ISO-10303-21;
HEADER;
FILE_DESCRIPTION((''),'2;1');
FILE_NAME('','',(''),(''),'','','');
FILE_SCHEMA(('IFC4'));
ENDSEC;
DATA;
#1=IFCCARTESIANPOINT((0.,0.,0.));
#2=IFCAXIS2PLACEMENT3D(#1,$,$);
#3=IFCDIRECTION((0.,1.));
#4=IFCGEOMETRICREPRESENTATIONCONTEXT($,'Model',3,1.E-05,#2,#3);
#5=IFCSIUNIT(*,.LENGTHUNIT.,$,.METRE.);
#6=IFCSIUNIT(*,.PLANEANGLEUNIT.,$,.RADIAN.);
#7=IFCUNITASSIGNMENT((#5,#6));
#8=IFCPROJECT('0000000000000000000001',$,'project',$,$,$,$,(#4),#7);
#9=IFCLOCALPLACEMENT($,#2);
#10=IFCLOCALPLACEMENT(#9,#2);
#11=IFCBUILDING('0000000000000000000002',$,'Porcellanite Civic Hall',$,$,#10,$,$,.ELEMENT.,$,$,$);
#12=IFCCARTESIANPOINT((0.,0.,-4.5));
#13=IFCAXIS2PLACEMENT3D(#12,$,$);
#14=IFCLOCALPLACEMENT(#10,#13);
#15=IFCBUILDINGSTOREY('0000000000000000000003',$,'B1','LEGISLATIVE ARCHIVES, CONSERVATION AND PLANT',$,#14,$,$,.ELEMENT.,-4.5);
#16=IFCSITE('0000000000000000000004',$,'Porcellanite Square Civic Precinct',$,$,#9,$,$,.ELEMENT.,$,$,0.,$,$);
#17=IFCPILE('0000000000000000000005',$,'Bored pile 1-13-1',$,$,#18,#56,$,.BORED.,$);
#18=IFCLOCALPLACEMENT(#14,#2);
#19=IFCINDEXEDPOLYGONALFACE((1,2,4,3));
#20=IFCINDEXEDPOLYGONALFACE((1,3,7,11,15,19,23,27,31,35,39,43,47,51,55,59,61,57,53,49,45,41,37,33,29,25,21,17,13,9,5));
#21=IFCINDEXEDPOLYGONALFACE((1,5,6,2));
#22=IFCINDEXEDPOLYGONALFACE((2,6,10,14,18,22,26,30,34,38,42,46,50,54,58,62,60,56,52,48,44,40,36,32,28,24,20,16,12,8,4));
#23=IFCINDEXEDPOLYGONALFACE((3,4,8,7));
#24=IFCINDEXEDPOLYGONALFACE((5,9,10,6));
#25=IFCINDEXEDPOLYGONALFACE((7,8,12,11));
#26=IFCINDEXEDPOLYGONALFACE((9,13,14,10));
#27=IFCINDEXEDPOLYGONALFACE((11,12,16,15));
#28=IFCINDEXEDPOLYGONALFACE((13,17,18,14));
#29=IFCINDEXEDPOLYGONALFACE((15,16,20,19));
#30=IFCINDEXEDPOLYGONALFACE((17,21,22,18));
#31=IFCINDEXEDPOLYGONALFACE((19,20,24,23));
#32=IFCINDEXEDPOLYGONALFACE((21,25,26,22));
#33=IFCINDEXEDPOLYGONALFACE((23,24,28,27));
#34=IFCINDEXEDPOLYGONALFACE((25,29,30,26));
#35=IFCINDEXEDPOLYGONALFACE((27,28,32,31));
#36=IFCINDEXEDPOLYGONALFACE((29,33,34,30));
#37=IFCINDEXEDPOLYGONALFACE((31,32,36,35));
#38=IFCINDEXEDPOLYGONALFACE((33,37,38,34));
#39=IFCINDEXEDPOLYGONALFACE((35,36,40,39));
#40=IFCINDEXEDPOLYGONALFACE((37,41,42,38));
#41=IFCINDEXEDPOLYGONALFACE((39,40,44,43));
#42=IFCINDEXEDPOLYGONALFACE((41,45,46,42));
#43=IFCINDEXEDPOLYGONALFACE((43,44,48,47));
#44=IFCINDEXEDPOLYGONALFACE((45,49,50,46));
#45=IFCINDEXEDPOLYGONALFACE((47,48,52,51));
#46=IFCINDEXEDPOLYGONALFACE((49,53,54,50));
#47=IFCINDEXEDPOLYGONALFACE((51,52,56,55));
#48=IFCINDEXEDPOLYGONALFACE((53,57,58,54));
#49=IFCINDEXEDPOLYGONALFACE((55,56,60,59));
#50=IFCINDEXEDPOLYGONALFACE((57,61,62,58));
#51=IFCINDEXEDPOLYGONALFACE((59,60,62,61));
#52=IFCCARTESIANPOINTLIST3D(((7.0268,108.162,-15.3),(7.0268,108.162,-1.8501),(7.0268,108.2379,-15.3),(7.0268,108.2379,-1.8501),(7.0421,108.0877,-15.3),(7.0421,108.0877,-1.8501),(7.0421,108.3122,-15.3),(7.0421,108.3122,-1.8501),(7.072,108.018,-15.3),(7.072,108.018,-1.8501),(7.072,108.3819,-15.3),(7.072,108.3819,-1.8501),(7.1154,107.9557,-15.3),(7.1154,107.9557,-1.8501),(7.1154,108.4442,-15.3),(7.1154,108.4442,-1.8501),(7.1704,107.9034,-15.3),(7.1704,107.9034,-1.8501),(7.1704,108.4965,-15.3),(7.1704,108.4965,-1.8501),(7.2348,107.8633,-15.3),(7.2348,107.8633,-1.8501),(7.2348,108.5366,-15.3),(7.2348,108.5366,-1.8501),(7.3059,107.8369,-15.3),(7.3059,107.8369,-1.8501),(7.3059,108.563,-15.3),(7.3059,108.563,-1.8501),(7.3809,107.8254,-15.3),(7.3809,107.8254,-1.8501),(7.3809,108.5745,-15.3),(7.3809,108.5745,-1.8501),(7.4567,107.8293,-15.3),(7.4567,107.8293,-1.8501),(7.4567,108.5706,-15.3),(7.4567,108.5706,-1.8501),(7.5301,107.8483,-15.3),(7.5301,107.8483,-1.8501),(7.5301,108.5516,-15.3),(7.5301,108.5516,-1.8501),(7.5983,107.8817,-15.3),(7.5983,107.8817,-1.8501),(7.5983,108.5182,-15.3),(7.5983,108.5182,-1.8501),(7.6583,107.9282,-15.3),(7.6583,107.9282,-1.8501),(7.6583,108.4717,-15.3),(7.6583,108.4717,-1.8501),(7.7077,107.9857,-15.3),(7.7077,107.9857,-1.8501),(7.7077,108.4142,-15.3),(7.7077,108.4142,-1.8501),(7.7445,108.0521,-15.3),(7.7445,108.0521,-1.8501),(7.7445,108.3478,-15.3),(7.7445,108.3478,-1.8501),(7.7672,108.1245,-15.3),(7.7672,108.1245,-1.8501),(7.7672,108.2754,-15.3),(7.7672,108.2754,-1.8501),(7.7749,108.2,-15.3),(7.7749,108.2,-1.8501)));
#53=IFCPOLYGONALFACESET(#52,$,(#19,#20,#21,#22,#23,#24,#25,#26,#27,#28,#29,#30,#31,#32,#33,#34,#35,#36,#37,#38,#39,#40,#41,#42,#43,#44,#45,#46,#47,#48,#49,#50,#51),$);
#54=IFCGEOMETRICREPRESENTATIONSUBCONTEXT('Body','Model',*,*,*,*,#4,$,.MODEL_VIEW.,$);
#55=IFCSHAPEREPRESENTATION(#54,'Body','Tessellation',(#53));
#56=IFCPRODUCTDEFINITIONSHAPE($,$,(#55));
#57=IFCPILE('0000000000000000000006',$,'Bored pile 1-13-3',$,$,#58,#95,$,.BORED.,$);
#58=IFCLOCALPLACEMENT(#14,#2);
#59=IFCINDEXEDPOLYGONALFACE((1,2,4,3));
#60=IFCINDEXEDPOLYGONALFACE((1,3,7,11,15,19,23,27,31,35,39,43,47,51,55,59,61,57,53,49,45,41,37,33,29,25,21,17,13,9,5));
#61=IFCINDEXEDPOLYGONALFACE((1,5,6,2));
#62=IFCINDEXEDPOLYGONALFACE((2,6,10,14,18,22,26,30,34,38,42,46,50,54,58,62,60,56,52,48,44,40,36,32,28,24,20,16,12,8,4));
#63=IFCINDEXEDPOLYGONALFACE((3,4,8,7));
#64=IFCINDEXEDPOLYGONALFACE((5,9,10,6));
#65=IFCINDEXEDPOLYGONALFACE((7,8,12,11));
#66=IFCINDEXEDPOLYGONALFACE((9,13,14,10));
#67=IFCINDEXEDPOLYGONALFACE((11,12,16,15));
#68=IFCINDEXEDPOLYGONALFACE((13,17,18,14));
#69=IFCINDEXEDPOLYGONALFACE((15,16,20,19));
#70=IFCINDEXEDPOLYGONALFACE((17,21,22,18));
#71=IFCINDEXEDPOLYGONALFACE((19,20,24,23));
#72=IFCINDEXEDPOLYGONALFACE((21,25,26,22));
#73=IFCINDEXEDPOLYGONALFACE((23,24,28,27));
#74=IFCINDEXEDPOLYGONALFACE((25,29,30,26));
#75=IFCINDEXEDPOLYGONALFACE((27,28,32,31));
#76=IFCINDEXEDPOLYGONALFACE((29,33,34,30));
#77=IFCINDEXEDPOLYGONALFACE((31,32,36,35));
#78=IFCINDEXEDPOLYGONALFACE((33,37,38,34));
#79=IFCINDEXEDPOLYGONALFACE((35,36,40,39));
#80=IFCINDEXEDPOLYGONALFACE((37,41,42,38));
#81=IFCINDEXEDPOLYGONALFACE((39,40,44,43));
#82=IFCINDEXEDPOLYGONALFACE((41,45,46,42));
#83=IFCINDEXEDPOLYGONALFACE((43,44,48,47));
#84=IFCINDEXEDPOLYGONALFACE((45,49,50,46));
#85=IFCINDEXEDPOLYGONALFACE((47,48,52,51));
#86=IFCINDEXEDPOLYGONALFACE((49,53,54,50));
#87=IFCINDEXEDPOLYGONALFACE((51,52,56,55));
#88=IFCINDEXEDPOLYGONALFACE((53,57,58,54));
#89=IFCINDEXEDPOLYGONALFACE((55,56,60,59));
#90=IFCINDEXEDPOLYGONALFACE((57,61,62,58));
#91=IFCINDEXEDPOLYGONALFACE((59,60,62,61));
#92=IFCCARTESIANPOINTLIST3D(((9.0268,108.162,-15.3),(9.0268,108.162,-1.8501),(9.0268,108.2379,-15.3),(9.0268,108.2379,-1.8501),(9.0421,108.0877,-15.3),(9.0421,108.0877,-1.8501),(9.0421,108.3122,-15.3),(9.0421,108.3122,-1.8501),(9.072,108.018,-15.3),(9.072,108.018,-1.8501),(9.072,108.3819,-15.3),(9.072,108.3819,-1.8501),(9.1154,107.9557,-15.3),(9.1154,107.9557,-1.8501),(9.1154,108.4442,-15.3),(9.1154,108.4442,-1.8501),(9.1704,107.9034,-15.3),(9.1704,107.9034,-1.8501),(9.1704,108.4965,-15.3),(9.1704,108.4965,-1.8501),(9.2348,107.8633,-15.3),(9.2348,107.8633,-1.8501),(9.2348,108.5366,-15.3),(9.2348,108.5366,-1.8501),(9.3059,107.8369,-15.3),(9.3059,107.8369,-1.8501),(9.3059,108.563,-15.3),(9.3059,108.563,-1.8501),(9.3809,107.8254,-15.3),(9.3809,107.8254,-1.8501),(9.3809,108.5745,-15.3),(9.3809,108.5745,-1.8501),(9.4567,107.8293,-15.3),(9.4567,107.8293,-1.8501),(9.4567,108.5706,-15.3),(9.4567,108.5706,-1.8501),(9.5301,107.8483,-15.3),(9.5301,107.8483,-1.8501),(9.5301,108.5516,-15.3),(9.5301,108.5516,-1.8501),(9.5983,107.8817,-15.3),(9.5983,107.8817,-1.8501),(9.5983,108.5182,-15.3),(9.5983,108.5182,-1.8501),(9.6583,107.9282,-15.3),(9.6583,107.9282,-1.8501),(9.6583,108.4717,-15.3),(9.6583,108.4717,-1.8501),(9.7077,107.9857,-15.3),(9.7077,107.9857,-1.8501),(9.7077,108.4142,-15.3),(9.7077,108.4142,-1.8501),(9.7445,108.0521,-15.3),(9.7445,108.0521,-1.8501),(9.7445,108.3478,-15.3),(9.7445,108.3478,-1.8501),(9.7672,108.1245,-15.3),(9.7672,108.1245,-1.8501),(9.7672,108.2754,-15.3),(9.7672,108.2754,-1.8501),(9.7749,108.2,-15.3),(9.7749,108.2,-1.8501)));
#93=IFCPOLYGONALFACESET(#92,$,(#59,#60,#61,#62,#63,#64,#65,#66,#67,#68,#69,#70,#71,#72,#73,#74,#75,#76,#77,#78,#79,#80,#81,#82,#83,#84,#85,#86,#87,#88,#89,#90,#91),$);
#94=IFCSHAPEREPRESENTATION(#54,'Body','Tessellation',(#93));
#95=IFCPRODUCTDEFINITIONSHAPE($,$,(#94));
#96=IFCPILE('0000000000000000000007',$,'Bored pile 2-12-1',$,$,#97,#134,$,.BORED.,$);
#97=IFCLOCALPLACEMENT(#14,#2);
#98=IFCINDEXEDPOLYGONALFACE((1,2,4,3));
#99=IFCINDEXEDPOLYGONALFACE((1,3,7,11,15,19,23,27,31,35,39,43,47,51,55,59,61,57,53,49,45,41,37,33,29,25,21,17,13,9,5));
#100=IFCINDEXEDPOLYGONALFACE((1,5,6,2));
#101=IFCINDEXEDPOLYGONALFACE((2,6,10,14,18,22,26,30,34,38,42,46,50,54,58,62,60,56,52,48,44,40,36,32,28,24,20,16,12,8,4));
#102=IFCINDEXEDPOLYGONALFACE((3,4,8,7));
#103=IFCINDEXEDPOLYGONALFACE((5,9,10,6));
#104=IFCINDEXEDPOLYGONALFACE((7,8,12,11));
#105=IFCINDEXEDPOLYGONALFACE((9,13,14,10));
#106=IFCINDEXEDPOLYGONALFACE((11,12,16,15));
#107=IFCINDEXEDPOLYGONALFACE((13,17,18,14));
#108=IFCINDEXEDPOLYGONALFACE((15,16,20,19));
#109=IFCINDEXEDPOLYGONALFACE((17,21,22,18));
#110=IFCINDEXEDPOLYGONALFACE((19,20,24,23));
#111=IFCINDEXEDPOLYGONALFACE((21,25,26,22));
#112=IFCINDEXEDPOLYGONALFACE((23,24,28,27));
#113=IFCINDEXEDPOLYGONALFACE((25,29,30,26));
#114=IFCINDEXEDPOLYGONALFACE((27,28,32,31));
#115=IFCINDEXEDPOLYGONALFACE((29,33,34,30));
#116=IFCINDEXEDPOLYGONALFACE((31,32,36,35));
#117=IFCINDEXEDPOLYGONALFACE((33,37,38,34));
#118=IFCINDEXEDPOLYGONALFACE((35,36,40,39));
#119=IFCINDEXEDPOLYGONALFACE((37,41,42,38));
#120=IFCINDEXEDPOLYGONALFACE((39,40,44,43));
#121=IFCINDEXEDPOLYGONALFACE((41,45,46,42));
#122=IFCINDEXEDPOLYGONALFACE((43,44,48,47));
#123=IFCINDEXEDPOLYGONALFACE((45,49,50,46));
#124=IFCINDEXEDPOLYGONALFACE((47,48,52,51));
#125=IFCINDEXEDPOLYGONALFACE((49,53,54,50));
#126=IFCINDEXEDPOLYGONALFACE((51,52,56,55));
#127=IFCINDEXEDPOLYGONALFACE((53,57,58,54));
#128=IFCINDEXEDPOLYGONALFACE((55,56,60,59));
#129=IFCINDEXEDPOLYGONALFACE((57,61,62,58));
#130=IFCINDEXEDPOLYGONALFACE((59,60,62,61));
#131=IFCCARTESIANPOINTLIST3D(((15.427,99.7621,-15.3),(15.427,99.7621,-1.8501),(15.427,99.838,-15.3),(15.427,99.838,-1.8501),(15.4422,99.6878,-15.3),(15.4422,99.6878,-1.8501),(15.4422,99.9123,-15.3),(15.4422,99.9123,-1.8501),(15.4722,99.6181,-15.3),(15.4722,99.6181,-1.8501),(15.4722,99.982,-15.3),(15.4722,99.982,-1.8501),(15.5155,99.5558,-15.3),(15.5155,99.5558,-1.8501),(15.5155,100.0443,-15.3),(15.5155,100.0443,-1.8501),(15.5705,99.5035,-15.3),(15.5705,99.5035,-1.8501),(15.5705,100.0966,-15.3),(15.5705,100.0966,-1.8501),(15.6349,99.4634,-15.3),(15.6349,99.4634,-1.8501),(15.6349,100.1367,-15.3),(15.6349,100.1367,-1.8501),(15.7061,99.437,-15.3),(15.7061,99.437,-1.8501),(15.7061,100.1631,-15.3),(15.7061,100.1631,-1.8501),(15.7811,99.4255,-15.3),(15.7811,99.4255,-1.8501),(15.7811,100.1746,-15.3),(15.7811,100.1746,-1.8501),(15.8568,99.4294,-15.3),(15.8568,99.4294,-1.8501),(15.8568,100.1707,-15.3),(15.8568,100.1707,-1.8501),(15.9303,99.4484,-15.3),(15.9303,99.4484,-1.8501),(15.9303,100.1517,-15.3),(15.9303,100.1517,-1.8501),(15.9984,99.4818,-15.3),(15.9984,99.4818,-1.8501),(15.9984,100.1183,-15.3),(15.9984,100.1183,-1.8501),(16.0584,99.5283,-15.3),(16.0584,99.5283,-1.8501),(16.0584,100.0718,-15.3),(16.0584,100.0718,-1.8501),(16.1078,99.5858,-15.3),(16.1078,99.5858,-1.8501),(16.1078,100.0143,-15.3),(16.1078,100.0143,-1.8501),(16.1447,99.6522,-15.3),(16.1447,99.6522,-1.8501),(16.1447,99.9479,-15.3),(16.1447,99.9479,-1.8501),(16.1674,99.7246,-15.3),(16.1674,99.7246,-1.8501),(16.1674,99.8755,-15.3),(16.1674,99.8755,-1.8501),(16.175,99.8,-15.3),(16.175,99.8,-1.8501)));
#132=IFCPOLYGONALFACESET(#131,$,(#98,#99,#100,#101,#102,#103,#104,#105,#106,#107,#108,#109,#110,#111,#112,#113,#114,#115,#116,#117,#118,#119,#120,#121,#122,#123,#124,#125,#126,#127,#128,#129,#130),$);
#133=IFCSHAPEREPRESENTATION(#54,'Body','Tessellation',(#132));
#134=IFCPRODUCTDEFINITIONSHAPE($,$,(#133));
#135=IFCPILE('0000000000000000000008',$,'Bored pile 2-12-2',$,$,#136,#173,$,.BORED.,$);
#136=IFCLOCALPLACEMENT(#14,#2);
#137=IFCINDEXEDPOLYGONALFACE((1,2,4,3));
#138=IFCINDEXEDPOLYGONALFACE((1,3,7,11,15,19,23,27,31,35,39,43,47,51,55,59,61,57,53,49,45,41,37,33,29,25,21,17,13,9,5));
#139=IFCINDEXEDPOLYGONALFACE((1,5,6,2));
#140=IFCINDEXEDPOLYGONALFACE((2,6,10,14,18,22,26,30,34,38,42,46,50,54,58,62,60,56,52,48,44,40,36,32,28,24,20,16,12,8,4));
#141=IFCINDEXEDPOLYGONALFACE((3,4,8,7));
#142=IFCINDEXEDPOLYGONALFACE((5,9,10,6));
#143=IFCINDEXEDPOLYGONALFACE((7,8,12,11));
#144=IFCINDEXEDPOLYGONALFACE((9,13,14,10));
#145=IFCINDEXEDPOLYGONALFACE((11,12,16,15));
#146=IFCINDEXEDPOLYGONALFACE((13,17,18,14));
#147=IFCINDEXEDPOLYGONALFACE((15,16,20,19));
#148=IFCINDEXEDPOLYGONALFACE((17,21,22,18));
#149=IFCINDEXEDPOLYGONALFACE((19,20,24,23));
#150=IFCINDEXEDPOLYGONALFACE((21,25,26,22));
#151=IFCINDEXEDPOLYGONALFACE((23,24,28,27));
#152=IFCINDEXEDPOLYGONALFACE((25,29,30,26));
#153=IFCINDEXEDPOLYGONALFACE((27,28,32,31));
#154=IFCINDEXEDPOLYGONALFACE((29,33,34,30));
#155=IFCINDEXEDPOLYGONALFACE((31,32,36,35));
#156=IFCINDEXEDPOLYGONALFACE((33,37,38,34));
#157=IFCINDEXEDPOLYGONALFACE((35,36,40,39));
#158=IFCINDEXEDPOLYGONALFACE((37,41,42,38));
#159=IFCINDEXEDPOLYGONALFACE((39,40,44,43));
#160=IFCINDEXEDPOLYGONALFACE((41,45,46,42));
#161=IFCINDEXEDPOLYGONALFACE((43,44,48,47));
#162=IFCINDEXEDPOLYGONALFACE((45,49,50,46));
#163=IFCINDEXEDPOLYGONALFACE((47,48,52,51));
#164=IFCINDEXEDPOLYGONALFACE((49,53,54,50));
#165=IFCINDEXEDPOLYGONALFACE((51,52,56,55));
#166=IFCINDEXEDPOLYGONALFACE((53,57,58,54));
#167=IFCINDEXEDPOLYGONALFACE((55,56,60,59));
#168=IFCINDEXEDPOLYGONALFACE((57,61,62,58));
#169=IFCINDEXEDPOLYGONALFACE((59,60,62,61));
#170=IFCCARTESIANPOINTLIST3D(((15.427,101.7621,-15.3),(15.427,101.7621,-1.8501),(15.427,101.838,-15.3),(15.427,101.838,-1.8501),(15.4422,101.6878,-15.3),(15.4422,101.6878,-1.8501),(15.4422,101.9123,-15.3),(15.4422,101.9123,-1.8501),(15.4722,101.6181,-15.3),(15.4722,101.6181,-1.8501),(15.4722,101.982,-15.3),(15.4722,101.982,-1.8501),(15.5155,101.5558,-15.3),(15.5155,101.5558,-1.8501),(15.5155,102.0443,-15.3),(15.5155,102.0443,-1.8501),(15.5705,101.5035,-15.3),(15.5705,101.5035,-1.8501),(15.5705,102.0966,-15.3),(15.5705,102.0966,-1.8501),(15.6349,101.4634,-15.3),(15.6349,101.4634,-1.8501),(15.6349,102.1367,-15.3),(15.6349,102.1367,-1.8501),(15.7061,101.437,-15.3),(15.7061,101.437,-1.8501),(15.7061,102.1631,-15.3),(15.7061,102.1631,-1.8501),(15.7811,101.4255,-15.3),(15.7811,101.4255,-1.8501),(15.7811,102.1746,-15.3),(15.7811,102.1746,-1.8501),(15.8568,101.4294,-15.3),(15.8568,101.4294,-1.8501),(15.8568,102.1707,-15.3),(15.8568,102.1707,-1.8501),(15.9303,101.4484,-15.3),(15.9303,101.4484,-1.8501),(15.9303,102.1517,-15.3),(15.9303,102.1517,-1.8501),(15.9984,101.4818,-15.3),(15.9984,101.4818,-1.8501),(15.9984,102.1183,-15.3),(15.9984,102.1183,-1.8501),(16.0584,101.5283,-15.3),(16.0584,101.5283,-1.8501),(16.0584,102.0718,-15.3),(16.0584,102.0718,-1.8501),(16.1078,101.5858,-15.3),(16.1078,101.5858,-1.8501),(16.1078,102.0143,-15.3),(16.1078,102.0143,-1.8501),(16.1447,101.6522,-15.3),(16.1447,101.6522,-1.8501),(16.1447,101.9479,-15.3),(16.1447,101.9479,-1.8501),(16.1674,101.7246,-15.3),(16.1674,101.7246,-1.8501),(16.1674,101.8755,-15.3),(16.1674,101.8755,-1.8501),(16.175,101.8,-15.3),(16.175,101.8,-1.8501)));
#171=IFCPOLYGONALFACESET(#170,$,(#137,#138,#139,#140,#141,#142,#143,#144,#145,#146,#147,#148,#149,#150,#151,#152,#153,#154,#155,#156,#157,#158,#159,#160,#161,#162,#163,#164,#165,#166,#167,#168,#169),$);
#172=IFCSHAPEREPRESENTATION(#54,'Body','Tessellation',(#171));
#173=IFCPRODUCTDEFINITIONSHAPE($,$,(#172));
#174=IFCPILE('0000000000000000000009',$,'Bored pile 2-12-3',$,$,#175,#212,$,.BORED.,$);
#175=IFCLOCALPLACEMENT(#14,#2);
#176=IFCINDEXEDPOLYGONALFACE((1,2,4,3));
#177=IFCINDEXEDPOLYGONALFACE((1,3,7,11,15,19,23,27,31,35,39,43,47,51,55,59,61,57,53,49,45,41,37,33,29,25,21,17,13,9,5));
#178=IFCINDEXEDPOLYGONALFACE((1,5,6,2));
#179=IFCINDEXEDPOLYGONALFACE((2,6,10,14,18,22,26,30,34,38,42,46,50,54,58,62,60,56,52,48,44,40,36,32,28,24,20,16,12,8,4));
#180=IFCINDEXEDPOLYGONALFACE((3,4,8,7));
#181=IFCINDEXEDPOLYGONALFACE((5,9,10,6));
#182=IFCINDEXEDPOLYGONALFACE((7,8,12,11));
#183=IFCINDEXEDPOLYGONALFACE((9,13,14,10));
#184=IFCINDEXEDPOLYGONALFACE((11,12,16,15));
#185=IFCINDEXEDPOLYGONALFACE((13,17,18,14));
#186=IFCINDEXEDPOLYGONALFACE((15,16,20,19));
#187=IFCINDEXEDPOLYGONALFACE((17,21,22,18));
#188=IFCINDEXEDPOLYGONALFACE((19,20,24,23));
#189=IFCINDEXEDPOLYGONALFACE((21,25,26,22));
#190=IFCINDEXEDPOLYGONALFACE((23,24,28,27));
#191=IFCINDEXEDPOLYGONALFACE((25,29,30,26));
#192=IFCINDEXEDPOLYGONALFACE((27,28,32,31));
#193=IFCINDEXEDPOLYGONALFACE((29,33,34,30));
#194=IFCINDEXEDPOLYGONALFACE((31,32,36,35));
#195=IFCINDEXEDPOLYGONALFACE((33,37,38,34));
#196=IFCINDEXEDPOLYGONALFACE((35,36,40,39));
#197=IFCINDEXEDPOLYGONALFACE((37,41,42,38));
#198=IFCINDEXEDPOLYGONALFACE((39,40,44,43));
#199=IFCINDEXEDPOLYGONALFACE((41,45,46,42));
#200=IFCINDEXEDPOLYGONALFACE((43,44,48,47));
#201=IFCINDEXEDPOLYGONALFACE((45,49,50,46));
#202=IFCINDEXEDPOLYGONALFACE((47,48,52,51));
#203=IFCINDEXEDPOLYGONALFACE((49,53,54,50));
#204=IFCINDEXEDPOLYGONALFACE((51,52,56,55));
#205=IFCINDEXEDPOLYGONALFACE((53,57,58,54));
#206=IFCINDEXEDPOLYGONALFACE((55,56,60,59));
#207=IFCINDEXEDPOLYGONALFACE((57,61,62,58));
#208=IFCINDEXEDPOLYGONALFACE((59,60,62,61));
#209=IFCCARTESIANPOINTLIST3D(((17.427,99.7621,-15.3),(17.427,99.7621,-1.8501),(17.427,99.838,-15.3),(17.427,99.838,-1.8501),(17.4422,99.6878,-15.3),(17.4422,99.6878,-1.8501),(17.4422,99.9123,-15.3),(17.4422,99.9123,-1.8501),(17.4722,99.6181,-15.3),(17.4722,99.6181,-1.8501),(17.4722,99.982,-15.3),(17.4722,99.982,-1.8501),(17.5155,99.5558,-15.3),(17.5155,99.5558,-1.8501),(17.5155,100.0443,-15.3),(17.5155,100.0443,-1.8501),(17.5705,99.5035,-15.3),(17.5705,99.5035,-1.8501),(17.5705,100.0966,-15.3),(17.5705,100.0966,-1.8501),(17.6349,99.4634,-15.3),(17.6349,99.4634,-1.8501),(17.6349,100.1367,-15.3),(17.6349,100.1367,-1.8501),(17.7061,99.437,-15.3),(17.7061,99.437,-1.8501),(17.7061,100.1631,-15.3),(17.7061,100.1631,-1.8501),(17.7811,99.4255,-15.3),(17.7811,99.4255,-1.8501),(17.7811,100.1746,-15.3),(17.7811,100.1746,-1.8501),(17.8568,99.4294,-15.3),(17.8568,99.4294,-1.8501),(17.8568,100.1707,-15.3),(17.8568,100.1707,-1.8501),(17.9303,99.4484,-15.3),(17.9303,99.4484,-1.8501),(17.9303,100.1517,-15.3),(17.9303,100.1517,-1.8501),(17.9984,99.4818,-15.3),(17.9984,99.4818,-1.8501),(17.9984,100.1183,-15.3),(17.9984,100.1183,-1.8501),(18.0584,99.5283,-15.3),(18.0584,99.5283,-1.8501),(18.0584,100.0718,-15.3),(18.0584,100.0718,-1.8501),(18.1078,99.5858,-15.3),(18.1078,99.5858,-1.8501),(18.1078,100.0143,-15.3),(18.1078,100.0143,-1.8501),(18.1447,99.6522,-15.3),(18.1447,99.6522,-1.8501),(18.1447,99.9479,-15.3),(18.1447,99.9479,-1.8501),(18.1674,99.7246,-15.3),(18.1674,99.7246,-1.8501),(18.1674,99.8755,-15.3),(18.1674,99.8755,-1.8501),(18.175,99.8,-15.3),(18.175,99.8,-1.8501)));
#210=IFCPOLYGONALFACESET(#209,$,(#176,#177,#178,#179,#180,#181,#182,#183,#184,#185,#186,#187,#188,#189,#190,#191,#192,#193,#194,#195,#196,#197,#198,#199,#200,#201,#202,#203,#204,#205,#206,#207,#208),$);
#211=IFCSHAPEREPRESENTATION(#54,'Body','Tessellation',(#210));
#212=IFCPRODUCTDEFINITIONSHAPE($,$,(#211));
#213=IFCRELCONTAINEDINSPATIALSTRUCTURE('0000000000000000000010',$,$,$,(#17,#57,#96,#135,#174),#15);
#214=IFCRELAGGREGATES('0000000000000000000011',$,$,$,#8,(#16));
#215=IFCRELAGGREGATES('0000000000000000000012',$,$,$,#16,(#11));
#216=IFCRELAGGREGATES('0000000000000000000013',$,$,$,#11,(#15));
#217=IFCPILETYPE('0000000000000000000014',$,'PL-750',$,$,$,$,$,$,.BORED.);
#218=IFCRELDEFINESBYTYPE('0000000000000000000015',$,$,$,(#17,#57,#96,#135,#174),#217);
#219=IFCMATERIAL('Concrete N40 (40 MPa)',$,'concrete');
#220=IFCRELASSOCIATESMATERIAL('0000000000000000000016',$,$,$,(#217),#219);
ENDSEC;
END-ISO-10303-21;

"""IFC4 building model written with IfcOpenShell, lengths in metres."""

from ifc_helpers import new_model, si_unit, direction, frame, origin, origin_2d, place, context, subcontext, project, spatial, circle, extrude, material, material_profile, profile_set, type_object, element, save


model = new_model("IFC4")

# Units and contexts
model_context = context("Model", 3, precision=1e-05, world=origin(), true_north=direction((0.0, 1.0)))
body_context = subcontext(model_context, "Body", "Model", "MODEL_VIEW")
ifc_project = project(units=[si_unit("LENGTHUNIT", "METRE"), si_unit("PLANEANGLEUNIT", "RADIAN")], contexts=[model_context])

# Site, building, storey
site_placement = place(None, origin())
site = spatial("IfcSite", under=ifc_project, at=site_placement, Name="Porcellanite Square Civic Precinct", CompositionType="ELEMENT", RefElevation=0.0)
building_placement = place(site_placement, origin())
building = spatial("IfcBuilding", under=site, at=building_placement, Name="Porcellanite Civic Hall", CompositionType="ELEMENT")
storey_placement = place(building_placement, frame((0.0, 0.0, -4.5)))
storey = spatial("IfcBuildingStorey", under=building, at=storey_placement, Name="B1", Description="LEGISLATIVE ARCHIVES, CONSERVATION AND PLANT", CompositionType="ELEMENT", Elevation=-4.5)

# Piles
ifc_material_1 = material(Name="Concrete N40 (40 MPa)", Category="concrete")
ifc_material_profile_1 = material_profile(ifc_material_1, circle(Radius=0.375, at=origin_2d()), Name="PILE-D750")
ifc_profile_set_1 = profile_set([ifc_material_profile_1], Name="Concrete N40 (40 MPa)")
pile_type_1 = type_object("IfcPileType", Name="PL-750", PredefinedType="BORED", material=ifc_profile_set_1)
for number, where, z_axis, x_axis, name in (
    (1, (7.3999, 108.2, -1.8501), (0.0, 0.0, -1.0), (1.0, 0.0, 0.0), "Bored pile 1-13-1"),
    (2, (9.3999, 108.2, -1.8501), (0.0, 0.0, -1.0), (1.0, 0.0, 0.0), "Bored pile 1-13-3"),
    (3, (15.8, 99.8, -1.8501), (0.0, 0.0, -1.0), (1.0, 0.0, 0.0), "Bored pile 2-12-1"),
    (4, (15.8, 101.8, -1.8501), (0.0, 0.0, -1.0), (1.0, 0.0, 0.0), "Bored pile 2-12-2"),
    (5, (17.8, 99.8, -1.8501), (0.0, 0.0, -1.0), (1.0, 0.0, 0.0), "Bored pile 2-12-3"),
):
    element("IfcPile", number, at=place(storey_placement, frame(where, z_axis=z_axis, x_axis=x_axis)), inside=storey, type_object=pile_type_1, Name=name, PredefinedType="BORED", context=body_context, shape_type="SweptSolid", body=[
        extrude(circle(Radius=0.375, at=origin_2d()), origin(), (0.0, 0.0, 1.0), 13.45),
    ])

save(model, "model.ifc")
